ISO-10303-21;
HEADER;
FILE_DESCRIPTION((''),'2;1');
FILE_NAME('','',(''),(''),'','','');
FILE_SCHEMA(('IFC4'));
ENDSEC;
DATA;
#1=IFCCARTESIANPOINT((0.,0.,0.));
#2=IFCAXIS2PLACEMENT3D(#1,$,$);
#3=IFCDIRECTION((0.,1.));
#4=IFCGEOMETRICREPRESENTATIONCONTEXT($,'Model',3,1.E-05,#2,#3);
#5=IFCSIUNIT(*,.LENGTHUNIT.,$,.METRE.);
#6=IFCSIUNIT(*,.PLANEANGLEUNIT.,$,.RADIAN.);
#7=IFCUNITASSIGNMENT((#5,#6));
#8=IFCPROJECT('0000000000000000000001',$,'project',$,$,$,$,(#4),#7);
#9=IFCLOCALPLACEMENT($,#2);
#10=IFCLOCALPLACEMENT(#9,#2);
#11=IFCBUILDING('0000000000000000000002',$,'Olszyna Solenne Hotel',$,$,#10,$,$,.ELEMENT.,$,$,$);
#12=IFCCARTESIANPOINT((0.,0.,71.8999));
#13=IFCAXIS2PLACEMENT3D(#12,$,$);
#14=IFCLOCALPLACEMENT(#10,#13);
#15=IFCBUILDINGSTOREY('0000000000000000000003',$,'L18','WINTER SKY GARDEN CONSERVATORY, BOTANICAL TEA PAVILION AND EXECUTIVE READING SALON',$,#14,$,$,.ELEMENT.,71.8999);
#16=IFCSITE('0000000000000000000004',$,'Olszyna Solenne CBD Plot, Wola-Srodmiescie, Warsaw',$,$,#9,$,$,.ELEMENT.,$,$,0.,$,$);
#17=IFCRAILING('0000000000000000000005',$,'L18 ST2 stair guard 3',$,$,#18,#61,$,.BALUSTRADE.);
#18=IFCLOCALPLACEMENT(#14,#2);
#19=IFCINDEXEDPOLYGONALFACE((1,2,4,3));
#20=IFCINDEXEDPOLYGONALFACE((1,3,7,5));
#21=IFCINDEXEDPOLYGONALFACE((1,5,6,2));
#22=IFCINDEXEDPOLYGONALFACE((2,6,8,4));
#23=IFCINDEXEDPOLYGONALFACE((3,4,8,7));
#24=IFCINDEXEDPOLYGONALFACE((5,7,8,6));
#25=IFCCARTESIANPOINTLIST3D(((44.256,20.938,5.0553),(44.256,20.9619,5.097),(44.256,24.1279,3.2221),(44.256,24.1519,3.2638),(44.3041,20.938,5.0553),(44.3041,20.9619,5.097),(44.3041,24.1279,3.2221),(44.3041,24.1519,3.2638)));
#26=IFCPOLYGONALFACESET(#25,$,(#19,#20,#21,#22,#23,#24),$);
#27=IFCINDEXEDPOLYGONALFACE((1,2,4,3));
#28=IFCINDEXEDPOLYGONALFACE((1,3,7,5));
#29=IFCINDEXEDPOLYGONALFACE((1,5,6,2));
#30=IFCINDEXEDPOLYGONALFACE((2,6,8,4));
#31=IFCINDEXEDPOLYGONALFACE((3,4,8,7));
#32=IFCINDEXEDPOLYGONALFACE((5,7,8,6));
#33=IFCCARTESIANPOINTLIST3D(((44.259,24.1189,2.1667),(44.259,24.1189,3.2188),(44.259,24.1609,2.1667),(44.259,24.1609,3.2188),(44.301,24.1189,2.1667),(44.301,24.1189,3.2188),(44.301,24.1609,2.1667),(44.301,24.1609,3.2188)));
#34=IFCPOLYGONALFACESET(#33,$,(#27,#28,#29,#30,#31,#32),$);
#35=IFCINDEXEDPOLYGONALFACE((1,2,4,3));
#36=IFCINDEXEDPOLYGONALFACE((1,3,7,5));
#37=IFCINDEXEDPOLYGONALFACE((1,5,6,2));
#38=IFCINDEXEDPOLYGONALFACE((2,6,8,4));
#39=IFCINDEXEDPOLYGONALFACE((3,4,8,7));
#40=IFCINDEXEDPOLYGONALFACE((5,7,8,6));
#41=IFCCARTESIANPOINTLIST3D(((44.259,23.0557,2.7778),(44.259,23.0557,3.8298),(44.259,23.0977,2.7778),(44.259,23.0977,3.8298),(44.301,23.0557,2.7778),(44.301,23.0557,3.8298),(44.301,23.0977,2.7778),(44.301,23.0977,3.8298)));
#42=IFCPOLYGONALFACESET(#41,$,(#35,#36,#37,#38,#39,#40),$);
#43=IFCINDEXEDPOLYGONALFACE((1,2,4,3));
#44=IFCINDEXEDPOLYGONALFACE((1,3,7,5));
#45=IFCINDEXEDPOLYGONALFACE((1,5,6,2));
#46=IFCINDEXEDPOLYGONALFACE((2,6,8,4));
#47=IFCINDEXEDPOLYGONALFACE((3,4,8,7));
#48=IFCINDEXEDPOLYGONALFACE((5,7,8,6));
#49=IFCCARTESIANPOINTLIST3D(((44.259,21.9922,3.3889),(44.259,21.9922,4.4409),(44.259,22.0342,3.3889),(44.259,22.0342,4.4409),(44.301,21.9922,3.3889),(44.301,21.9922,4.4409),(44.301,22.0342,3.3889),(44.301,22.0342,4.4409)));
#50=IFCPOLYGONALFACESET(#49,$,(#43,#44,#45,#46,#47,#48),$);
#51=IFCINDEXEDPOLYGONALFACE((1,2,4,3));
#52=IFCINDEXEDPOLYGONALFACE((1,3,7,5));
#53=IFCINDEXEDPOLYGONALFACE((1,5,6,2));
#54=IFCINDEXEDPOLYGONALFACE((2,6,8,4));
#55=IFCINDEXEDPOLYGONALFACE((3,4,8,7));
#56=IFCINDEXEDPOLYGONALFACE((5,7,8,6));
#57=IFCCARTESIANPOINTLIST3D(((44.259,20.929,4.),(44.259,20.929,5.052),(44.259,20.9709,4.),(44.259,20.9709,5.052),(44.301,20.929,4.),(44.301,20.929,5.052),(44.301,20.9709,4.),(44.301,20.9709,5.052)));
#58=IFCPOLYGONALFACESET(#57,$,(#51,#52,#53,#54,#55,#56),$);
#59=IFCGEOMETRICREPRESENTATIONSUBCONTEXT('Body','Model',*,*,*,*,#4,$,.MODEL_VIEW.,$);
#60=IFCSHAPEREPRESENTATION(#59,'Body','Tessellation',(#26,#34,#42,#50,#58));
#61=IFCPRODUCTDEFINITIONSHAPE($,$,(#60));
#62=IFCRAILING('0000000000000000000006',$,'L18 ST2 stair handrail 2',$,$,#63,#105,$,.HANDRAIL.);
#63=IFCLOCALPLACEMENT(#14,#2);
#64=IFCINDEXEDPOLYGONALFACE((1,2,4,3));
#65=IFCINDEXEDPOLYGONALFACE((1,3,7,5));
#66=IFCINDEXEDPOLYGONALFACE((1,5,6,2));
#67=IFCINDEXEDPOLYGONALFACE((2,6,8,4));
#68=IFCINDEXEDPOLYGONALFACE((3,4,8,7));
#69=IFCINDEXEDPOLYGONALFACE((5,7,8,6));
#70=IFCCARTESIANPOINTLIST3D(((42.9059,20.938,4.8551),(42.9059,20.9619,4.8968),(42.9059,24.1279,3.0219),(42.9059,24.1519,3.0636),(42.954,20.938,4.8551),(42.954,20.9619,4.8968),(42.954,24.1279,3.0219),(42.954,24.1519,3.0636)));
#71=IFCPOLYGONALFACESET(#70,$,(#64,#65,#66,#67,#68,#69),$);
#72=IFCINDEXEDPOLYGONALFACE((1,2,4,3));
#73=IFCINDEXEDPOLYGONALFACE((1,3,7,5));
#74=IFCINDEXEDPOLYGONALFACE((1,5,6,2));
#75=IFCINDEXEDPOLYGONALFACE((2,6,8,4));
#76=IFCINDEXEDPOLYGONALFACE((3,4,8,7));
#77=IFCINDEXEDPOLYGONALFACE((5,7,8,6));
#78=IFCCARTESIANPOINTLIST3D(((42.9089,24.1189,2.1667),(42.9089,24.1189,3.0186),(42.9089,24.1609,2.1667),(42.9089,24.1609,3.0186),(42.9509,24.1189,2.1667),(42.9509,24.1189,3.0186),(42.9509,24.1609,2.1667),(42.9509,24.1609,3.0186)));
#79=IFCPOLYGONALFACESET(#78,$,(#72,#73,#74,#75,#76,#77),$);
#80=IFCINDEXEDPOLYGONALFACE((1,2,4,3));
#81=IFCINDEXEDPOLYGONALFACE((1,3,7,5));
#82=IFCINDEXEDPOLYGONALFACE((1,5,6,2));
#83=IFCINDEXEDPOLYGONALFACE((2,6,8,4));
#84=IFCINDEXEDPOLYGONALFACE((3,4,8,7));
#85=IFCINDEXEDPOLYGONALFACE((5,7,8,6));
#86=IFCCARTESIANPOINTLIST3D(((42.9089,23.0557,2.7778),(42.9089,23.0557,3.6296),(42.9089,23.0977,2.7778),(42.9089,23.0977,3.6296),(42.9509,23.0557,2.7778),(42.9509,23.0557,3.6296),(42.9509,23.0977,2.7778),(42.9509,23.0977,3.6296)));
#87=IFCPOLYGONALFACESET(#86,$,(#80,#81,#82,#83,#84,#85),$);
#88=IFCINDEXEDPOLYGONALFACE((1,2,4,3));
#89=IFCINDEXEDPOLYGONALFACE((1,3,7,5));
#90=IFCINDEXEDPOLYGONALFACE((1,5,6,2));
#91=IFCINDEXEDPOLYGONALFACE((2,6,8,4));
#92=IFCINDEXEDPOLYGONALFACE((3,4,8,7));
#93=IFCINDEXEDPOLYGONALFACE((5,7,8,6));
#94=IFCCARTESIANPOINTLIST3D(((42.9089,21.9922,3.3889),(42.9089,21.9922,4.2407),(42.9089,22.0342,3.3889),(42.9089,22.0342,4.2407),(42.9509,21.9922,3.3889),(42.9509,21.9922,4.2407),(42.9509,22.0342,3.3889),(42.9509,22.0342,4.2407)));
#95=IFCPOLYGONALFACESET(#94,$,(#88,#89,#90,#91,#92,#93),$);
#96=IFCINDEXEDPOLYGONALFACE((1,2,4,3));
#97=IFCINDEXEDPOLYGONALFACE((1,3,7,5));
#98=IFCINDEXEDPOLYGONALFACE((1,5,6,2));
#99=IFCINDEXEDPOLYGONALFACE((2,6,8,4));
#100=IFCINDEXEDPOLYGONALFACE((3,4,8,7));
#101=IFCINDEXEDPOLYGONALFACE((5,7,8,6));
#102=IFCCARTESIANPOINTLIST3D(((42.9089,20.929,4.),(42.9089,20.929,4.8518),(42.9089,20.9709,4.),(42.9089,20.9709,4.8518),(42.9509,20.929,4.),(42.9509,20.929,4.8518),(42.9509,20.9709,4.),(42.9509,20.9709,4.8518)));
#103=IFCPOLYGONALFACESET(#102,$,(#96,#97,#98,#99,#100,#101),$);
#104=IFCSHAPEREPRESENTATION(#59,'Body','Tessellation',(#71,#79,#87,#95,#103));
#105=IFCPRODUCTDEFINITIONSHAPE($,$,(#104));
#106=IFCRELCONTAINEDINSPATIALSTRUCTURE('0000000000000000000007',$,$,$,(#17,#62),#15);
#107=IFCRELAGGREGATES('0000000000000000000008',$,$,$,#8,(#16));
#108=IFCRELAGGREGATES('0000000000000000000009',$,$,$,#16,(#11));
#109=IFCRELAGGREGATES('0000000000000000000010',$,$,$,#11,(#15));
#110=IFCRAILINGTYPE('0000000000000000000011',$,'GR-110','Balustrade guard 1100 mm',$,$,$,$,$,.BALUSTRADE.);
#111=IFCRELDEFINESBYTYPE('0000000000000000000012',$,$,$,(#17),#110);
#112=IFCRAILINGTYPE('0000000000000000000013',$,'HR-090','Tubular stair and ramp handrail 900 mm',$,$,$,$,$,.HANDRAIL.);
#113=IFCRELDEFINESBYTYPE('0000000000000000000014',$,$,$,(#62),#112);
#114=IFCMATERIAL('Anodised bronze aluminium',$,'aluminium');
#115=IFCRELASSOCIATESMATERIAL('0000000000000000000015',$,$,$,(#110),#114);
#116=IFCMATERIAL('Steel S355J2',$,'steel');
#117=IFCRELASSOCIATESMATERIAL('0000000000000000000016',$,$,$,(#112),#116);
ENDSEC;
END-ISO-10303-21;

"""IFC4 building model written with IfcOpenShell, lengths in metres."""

from ifc_helpers import new_model, si_unit, direction, frame, origin, origin_2d, place, context, subcontext, project, spatial, rectangle, extrude, material, type_object, element, save


model = new_model("IFC4")

# Units and contexts
model_context = context("Model", 3, precision=1e-05, world=origin(), true_north=direction((0.0, 1.0)))
body_context = subcontext(model_context, "Body", "Model", "MODEL_VIEW")
ifc_project = project(units=[si_unit("LENGTHUNIT", "METRE"), si_unit("PLANEANGLEUNIT", "RADIAN")], contexts=[model_context])

# Site, building, storey
site_placement = place(None, origin())
site = spatial("IfcSite", under=ifc_project, at=site_placement, Name="Olszyna Solenne CBD Plot, Wola-Srodmiescie, Warsaw", CompositionType="ELEMENT", RefElevation=0.0)
building_placement = place(site_placement, origin())
building = spatial("IfcBuilding", under=site, at=building_placement, Name="Olszyna Solenne Hotel", CompositionType="ELEMENT")
storey_placement = place(building_placement, frame((0.0, 0.0, 71.8999)))
storey = spatial("IfcBuildingStorey", under=building, at=storey_placement, Name="L18", Description="WINTER SKY GARDEN CONSERVATORY, BOTANICAL TEA PAVILION AND EXECUTIVE READING SALON", CompositionType="ELEMENT", Elevation=71.8999)

# Shared definitions
ifc_material_1 = material(Name="Steel S355J2", Category="steel")

# Shared definitions
ifc_material_2 = material(Name="Anodised bronze aluminium", Category="aluminium")

# Railings
railing_type_1 = type_object("IfcRailingType", Name="GR-110", Description="Balustrade guard 1100 mm", PredefinedType="BALUSTRADE", material=ifc_material_2)
railing_1_placement = place(storey_placement, frame((44.28, 24.1399, 2.1667)))
element("IfcRailing", 1, at=railing_1_placement, inside=storey, type_object=railing_type_1, Name="L18 ST2 stair guard 3", PredefinedType="BALUSTRADE", context=body_context, shape_type="SweptSolid", body=[
    extrude(rectangle(XDim=0.0481, YDim=0.0481, at=origin_2d()), frame((0.0, 0.0, 1.0762), z_axis=(0.0, -0.86702, 0.498274), x_axis=(1.0, 0.0, 0.0)), (0.0, 0.0, 1.0), 3.6792),
    extrude(rectangle(XDim=0.042, YDim=0.042, at=origin_2d()), origin(), (0.0, 0.0, 1.0), 1.052),
    extrude(rectangle(XDim=0.042, YDim=0.042, at=origin_2d()), frame((0.0, -1.0632, 0.6111)), (0.0, 0.0, 1.0), 1.052),
    extrude(rectangle(XDim=0.042, YDim=0.042, at=origin_2d()), frame((0.0, -2.1267, 1.2222)), (0.0, 0.0, 1.0), 1.052),
    extrude(rectangle(XDim=0.042, YDim=0.042, at=origin_2d()), frame((0.0, -3.1899, 1.8333)), (0.0, 0.0, 1.0), 1.052),
])
railing_type_2 = type_object("IfcRailingType", Name="HR-090", Description="Tubular stair and ramp handrail 900 mm", PredefinedType="HANDRAIL", material=ifc_material_1)
railing_2_placement = place(storey_placement, frame((42.9299, 24.1399, 2.1667)))
element("IfcRailing", 2, at=railing_2_placement, inside=storey, type_object=railing_type_2, Name="L18 ST2 stair handrail 2", PredefinedType="HANDRAIL", context=body_context, shape_type="SweptSolid", body=[
    extrude(rectangle(XDim=0.0481, YDim=0.0481, at=origin_2d()), frame((0.0, 0.0, 0.876), z_axis=(0.0, -0.86702, 0.498274), x_axis=(1.0, 0.0, 0.0)), (0.0, 0.0, 1.0), 3.6792),
    extrude(rectangle(XDim=0.042, YDim=0.042, at=origin_2d()), origin(), (0.0, 0.0, 1.0), 0.8518),
    extrude(rectangle(XDim=0.042, YDim=0.042, at=origin_2d()), frame((0.0, -1.0632, 0.6111)), (0.0, 0.0, 1.0), 0.8518),
    extrude(rectangle(XDim=0.042, YDim=0.042, at=origin_2d()), frame((0.0, -2.1267, 1.2222)), (0.0, 0.0, 1.0), 0.8518),
    extrude(rectangle(XDim=0.042, YDim=0.042, at=origin_2d()), frame((0.0, -3.1899, 1.8333)), (0.0, 0.0, 1.0), 0.8518),
])

save(model, "model.ifc")
